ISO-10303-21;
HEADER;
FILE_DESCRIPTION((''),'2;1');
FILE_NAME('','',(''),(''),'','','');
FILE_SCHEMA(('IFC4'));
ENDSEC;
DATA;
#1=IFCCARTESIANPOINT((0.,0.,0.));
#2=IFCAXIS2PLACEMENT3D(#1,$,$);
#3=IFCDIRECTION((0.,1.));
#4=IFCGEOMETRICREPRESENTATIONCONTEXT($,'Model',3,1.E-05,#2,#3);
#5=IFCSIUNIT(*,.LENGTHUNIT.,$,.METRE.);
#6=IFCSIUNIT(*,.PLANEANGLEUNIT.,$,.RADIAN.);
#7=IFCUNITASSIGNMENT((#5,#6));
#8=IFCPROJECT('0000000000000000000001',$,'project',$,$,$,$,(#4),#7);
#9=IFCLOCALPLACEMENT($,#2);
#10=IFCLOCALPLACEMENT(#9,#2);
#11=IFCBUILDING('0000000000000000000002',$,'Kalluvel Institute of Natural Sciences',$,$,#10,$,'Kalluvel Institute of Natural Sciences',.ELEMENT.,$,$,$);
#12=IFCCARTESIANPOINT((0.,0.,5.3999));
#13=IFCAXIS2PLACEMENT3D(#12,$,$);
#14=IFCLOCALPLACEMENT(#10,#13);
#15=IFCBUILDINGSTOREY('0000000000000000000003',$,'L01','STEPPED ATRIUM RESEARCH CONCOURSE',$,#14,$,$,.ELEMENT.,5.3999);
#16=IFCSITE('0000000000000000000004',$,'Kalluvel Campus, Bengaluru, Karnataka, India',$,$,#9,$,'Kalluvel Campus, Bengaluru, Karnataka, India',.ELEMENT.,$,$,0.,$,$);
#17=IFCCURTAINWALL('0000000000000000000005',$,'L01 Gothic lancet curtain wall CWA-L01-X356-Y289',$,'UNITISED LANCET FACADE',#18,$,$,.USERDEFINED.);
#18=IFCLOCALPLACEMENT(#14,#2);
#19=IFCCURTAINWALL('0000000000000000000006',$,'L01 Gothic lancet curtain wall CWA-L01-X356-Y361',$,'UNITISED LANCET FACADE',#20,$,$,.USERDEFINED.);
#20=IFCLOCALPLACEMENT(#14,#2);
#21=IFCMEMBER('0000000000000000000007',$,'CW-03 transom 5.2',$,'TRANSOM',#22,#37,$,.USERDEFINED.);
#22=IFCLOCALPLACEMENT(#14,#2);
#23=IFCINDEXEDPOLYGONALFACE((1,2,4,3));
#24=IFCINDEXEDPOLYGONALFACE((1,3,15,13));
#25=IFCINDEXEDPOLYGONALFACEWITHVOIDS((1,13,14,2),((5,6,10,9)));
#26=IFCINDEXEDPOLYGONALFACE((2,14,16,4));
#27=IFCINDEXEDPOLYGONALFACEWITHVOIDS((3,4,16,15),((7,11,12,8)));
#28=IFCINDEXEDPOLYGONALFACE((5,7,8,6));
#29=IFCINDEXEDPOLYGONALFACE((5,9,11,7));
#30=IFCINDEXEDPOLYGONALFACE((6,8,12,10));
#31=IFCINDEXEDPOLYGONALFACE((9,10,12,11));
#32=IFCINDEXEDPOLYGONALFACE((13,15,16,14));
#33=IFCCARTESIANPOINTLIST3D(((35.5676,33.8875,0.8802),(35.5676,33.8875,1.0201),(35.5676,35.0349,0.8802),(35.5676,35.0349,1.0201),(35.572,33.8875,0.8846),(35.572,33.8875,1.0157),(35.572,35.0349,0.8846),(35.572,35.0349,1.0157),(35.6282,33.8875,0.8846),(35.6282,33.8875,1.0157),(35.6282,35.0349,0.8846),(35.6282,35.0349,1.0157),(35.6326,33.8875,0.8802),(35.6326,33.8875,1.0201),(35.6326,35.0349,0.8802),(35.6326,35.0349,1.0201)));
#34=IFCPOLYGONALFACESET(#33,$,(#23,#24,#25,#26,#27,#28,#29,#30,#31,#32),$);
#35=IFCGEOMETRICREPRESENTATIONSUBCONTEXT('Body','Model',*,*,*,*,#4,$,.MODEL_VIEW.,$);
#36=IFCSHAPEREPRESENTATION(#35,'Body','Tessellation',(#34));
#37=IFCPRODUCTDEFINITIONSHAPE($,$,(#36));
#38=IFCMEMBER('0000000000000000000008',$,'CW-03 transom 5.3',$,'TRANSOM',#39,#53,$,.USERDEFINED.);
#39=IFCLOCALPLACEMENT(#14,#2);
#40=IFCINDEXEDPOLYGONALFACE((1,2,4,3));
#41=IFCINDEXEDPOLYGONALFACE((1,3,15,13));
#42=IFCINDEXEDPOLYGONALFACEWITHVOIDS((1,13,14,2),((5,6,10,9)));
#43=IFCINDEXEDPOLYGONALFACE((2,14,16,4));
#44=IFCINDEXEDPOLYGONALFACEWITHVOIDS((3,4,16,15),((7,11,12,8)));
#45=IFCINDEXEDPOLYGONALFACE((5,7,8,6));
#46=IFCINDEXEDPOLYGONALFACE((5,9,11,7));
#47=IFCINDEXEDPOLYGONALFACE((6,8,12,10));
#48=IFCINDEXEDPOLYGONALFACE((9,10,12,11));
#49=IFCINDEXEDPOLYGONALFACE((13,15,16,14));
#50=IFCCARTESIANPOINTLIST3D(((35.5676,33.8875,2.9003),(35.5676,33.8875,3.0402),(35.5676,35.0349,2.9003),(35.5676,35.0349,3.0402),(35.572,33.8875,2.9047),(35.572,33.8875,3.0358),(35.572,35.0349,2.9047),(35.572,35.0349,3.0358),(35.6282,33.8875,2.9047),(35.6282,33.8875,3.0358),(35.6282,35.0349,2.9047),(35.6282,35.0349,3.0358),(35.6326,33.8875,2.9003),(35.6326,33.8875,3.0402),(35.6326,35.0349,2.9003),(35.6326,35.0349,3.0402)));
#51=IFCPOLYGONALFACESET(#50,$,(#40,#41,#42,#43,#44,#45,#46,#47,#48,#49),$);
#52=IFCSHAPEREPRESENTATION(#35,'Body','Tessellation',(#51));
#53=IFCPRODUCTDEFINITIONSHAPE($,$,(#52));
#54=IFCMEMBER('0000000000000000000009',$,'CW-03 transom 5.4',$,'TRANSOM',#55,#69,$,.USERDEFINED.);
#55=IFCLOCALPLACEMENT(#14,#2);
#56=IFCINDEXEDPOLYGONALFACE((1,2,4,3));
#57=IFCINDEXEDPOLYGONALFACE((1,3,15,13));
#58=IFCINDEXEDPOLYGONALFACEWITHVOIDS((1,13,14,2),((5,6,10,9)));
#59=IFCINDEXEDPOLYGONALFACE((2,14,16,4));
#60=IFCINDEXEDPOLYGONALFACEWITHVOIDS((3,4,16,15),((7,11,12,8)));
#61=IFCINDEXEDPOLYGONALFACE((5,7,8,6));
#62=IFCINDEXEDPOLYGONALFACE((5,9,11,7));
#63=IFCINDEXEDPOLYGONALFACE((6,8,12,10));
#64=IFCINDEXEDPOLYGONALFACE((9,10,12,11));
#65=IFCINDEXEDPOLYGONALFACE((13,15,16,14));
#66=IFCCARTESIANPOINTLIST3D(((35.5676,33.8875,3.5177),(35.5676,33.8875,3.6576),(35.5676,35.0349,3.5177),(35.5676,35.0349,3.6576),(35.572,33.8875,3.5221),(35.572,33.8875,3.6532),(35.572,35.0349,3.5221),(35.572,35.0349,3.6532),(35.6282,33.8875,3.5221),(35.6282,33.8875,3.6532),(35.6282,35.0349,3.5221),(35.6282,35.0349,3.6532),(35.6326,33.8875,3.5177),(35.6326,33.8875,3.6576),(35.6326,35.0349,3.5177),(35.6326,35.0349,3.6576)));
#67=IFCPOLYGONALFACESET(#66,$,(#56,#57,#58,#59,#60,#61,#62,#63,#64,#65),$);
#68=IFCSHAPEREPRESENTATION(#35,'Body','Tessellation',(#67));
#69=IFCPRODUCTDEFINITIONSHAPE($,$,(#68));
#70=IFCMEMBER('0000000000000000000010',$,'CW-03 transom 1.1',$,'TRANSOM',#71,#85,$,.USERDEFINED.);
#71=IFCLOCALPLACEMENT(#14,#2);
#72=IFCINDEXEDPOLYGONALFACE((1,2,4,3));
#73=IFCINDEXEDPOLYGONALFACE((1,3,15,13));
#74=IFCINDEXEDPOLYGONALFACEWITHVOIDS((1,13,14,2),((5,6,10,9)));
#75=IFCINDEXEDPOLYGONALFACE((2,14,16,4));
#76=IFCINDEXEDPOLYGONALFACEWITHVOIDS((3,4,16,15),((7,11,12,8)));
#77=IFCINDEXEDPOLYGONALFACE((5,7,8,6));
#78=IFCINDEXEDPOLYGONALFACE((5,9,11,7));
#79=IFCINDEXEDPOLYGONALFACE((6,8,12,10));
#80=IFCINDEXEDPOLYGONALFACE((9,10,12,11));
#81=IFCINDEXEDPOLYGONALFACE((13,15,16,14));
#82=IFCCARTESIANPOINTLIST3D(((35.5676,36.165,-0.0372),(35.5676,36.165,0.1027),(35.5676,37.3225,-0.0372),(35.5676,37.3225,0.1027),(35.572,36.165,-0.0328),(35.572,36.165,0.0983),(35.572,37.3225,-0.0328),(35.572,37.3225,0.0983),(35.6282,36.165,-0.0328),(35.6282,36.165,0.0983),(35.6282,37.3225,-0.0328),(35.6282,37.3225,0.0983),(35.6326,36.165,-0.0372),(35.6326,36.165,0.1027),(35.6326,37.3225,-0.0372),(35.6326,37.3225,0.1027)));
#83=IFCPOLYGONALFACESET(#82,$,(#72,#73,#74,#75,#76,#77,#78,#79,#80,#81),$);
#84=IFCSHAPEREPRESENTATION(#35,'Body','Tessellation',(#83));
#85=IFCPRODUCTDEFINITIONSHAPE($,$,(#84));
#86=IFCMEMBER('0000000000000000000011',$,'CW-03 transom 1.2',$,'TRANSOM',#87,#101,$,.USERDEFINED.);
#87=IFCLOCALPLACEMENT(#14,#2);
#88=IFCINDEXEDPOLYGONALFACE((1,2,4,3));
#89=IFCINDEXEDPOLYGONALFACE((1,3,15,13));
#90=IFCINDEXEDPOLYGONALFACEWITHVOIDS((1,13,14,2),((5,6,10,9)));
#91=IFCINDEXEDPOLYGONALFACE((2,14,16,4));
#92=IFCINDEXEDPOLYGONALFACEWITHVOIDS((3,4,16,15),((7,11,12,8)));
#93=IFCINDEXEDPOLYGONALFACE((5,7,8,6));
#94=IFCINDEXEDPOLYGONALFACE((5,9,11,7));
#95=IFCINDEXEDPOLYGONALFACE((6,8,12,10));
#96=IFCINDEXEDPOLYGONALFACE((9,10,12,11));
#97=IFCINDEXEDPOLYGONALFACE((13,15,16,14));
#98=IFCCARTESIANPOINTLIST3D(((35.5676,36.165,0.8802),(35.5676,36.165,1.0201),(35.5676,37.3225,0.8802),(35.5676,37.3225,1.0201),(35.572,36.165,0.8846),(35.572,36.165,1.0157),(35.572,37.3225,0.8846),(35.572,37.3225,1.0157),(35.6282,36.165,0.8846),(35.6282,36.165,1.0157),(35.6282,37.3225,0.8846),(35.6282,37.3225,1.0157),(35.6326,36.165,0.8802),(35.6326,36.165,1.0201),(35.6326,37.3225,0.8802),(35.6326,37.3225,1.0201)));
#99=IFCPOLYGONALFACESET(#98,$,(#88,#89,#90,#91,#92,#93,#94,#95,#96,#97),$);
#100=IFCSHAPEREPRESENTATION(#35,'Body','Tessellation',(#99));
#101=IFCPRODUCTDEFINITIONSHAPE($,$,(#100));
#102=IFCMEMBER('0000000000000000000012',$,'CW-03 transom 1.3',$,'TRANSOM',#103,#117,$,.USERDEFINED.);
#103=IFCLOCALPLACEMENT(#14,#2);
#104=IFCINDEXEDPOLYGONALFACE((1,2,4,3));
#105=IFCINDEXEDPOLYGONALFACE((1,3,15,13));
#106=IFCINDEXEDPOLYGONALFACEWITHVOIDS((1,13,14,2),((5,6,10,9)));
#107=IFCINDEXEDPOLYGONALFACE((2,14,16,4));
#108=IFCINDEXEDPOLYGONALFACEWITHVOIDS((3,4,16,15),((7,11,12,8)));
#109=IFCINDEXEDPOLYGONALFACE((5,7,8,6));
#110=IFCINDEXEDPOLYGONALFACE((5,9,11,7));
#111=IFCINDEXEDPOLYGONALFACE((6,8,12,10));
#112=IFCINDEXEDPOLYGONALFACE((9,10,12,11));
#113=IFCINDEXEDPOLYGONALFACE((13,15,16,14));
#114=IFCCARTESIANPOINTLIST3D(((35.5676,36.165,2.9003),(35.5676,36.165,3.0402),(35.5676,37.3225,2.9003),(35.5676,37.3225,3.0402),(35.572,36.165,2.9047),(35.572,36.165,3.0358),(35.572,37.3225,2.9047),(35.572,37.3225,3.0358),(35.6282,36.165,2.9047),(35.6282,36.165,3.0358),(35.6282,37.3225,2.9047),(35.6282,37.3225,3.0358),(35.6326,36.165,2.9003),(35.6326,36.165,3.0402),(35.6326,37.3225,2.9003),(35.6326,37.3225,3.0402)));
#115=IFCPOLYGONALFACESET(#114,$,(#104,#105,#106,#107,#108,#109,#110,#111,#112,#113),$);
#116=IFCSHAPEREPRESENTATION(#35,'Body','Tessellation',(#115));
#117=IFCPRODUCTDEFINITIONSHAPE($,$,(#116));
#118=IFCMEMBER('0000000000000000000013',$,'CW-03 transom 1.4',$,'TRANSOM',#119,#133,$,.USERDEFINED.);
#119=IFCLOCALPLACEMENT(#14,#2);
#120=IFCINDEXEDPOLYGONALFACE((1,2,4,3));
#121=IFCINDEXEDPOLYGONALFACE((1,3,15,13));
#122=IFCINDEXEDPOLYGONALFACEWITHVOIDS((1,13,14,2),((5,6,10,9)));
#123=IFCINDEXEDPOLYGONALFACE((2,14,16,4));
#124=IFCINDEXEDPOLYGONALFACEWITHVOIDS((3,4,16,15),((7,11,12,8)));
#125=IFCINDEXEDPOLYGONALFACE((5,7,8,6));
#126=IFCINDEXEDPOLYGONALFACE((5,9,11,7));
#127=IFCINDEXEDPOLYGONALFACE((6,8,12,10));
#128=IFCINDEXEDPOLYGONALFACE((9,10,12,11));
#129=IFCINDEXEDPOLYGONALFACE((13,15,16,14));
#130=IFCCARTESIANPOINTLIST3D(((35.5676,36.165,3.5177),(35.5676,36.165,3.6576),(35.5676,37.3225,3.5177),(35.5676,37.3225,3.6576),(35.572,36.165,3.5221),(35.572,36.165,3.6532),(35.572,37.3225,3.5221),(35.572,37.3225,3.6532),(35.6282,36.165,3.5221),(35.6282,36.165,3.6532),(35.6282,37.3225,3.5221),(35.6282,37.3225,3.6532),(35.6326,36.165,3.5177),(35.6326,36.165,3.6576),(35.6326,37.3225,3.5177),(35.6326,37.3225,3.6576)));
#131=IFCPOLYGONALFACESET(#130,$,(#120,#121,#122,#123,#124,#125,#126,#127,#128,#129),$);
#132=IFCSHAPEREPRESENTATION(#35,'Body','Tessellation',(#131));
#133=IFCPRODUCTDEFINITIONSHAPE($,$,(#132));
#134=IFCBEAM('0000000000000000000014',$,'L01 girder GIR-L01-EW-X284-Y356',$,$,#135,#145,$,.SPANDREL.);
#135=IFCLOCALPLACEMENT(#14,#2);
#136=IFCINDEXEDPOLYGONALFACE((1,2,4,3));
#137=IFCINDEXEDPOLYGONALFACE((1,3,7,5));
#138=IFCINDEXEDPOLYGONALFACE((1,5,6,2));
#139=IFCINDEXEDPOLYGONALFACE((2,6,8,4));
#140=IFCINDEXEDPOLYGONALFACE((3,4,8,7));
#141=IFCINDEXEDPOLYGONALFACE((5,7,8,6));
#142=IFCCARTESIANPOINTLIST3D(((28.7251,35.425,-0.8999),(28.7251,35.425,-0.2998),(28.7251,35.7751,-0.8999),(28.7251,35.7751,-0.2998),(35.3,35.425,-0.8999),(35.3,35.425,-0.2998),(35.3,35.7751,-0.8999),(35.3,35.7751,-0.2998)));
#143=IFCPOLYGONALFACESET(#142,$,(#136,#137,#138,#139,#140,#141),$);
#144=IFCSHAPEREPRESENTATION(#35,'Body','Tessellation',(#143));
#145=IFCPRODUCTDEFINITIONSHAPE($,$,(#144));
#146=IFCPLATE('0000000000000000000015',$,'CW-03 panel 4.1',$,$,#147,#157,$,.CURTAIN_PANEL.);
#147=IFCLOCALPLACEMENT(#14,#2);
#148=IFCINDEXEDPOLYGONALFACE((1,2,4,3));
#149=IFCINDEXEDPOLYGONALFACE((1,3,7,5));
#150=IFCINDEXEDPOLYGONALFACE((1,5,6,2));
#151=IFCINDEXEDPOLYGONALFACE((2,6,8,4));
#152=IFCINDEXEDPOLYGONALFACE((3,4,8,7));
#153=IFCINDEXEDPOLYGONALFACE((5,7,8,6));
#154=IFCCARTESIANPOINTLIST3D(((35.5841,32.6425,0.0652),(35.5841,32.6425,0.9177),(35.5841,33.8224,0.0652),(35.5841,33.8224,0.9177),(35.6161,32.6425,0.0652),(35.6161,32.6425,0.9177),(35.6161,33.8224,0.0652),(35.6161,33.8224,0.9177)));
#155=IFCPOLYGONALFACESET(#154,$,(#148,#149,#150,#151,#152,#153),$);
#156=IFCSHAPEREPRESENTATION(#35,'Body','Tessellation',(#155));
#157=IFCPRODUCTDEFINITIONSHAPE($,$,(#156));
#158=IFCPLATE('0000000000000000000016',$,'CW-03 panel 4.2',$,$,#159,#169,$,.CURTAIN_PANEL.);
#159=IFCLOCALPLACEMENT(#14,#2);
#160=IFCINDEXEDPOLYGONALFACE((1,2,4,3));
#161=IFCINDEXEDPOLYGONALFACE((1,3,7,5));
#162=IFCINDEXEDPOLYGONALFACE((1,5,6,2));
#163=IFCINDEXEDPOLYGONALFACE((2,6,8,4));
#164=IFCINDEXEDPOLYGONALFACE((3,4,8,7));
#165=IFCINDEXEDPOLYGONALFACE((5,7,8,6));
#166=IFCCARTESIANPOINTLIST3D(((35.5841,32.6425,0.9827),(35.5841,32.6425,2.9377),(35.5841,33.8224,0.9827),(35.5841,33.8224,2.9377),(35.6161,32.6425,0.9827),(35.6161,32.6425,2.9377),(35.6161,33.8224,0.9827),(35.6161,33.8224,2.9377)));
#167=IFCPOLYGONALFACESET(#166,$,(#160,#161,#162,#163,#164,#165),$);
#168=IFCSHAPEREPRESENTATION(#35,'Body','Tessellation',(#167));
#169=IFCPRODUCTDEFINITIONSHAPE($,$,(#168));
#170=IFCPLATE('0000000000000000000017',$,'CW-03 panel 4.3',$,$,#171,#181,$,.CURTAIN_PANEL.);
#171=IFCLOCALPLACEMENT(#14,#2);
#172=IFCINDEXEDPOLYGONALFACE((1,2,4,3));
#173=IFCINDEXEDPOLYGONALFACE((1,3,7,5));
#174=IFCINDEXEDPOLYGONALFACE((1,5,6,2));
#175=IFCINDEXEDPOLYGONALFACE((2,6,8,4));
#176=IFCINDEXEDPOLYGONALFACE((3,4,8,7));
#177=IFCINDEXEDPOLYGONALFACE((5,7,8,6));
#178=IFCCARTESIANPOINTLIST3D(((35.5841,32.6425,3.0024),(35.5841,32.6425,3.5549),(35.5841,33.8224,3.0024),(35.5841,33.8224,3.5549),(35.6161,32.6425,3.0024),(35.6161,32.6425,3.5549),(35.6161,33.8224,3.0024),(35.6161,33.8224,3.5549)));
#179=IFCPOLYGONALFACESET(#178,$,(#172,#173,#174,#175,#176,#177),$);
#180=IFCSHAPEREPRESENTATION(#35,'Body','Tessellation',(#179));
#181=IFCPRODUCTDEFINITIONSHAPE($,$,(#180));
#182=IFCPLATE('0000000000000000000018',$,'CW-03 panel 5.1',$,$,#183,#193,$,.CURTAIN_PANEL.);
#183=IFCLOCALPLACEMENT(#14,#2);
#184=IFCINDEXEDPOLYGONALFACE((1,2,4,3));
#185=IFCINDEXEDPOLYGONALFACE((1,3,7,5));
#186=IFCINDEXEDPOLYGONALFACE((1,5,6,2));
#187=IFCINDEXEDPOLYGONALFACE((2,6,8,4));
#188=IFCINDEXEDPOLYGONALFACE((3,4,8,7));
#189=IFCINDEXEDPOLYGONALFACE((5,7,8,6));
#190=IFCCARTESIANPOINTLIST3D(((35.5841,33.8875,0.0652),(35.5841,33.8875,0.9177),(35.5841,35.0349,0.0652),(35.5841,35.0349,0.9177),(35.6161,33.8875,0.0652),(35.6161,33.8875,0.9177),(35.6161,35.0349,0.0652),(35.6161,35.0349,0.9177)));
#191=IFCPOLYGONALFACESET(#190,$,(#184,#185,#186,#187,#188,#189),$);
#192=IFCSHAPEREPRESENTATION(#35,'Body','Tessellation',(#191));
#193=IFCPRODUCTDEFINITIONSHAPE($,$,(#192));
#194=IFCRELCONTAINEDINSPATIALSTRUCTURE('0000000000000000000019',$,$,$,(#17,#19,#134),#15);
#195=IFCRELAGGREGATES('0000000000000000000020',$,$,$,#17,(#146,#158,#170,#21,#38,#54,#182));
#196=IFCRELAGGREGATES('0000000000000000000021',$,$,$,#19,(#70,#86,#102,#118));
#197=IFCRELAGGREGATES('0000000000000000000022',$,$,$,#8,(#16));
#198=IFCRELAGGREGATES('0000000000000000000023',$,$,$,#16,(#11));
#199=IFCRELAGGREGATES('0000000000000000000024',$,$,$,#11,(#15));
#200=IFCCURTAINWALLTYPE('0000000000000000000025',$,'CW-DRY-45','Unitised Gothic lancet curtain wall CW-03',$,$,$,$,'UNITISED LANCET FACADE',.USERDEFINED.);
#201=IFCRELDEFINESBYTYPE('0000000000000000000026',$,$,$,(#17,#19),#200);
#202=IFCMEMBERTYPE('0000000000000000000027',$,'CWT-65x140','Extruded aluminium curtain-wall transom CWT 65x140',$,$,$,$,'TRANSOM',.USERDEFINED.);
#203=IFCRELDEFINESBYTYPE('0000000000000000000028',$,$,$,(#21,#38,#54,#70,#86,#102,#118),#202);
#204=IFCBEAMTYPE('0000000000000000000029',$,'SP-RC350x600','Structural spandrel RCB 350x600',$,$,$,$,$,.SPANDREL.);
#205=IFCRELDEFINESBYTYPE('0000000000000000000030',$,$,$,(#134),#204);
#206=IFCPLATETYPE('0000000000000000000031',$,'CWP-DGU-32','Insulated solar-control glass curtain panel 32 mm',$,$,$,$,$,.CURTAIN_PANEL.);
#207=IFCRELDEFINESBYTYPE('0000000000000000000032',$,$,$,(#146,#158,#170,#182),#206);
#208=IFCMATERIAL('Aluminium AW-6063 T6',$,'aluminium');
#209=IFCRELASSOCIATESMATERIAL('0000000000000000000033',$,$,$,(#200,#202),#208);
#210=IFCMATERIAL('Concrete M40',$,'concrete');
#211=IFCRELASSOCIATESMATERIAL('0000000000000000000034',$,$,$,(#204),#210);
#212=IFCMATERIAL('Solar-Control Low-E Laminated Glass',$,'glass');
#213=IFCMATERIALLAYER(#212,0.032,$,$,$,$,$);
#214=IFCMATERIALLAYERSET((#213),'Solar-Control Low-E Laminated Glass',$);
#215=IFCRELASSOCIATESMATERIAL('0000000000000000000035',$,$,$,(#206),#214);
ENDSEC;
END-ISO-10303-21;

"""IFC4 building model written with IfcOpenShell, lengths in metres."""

from ifc_helpers import new_model, si_unit, direction, frame, origin, origin_2d, place, context, subcontext, project, spatial, rectangle, hollow_rectangle, extrude, material, layer, layer_set, material_profile, profile_set, type_object, element, aggregate, save


model = new_model("IFC4")

# Units and contexts
model_context = context("Model", 3, precision=1e-05, world=origin(), true_north=direction((0.0, 1.0)))
body_context = subcontext(model_context, "Body", "Model", "MODEL_VIEW")
ifc_project = project(units=[si_unit("LENGTHUNIT", "METRE"), si_unit("PLANEANGLEUNIT", "RADIAN")], contexts=[model_context])

# Site, building, storey
site_placement = place(None, origin())
site = spatial("IfcSite", under=ifc_project, at=site_placement, Name="Kalluvel Campus, Bengaluru, Karnataka, India", LongName="Kalluvel Campus, Bengaluru, Karnataka, India", CompositionType="ELEMENT", RefElevation=0.0)
building_placement = place(site_placement, origin())
building = spatial("IfcBuilding", under=site, at=building_placement, Name="Kalluvel Institute of Natural Sciences", LongName="Kalluvel Institute of Natural Sciences", CompositionType="ELEMENT")
storey_placement = place(building_placement, frame((0.0, 0.0, 5.3999)))
storey = spatial("IfcBuildingStorey", under=building, at=storey_placement, Name="L01", Description="STEPPED ATRIUM RESEARCH CONCOURSE", CompositionType="ELEMENT", Elevation=5.3999)

# Shared definitions
ifc_material_1 = material(Name="Concrete M40", Category="concrete")

# Curtain wall
ifc_material_2 = material(Name="Aluminium AW-6063 T6", Category="aluminium")
curtain_wall_type = type_object("IfcCurtainWallType", Name="CW-DRY-45", Description="Unitised Gothic lancet curtain wall CW-03", ElementType="UNITISED LANCET FACADE", PredefinedType="USERDEFINED", material=ifc_material_2)
curtain_wall_1_placement = place(storey_placement, origin())
curtain_wall_1 = element("IfcCurtainWall", 1, at=curtain_wall_1_placement, inside=storey, type_object=curtain_wall_type, Name="L01 Gothic lancet curtain wall CWA-L01-X356-Y289", ObjectType="UNITISED LANCET FACADE", PredefinedType="USERDEFINED")

# Curtain wall
curtain_wall_2_placement = place(storey_placement, origin())
curtain_wall_2 = element("IfcCurtainWall", 2, at=curtain_wall_2_placement, inside=storey, type_object=curtain_wall_type, Name="L01 Gothic lancet curtain wall CWA-L01-X356-Y361", ObjectType="UNITISED LANCET FACADE", PredefinedType="USERDEFINED")

# Members
ifc_material_profile_1 = material_profile(ifc_material_2, hollow_rectangle(XDim=0.0649, YDim=0.1399, WallThickness=0.0044, at=origin_2d()), Name="CWT 65x140")
ifc_profile_set_1 = profile_set([ifc_material_profile_1], Name="Aluminium AW-6063 T6")
member_type_1 = type_object("IfcMemberType", Name="CWT-65x140", Description="Extruded aluminium curtain-wall transom CWT 65x140", ElementType="TRANSOM", PredefinedType="USERDEFINED", material=ifc_profile_set_1)
member_1_placement = place(storey_placement, frame((35.6001, 33.8875, 0.9502), z_axis=(0.0, 1.0, 0.0), x_axis=(-1.0, 0.0, 0.0)))
member_1 = element("IfcMember", 3, at=member_1_placement, type_object=member_type_1, Name="CW-03 transom 5.2", ObjectType="TRANSOM", PredefinedType="USERDEFINED", context=body_context, shape_type="SweptSolid", body=[
    extrude(hollow_rectangle(XDim=0.0649, YDim=0.1399, WallThickness=0.0044, at=origin_2d()), origin(), (0.0, 0.0, 1.0), 1.1475),
])
member_2_placement = place(storey_placement, frame((35.6001, 33.8875, 2.9702), z_axis=(0.0, 1.0, 0.0), x_axis=(-1.0, 0.0, 0.0)))
member_2 = element("IfcMember", 4, at=member_2_placement, type_object=member_type_1, Name="CW-03 transom 5.3", ObjectType="TRANSOM", PredefinedType="USERDEFINED", context=body_context, shape_type="SweptSolid", body=[
    extrude(hollow_rectangle(XDim=0.0649, YDim=0.1399, WallThickness=0.0044, at=origin_2d()), origin(), (0.0, 0.0, 1.0), 1.1475),
])
member_3_placement = place(storey_placement, frame((35.6001, 33.8875, 3.5876), z_axis=(0.0, 1.0, 0.0), x_axis=(-1.0, 0.0, 0.0)))
member_3 = element("IfcMember", 5, at=member_3_placement, type_object=member_type_1, Name="CW-03 transom 5.4", ObjectType="TRANSOM", PredefinedType="USERDEFINED", context=body_context, shape_type="SweptSolid", body=[
    extrude(hollow_rectangle(XDim=0.0649, YDim=0.1399, WallThickness=0.0044, at=origin_2d()), origin(), (0.0, 0.0, 1.0), 1.1475),
])
member_4_placement = place(storey_placement, frame((35.6001, 36.165, 0.0327), z_axis=(0.0, 1.0, 0.0), x_axis=(-1.0, 0.0, 0.0)))
member_4 = element("IfcMember", 6, at=member_4_placement, type_object=member_type_1, Name="CW-03 transom 1.1", ObjectType="TRANSOM", PredefinedType="USERDEFINED", context=body_context, shape_type="SweptSolid", body=[
    extrude(hollow_rectangle(XDim=0.0649, YDim=0.1399, WallThickness=0.0044, at=origin_2d()), origin(), (0.0, 0.0, 1.0), 1.1575),
])
member_5_placement = place(storey_placement, frame((35.6001, 36.165, 0.9502), z_axis=(0.0, 1.0, 0.0), x_axis=(-1.0, 0.0, 0.0)))
member_5 = element("IfcMember", 7, at=member_5_placement, type_object=member_type_1, Name="CW-03 transom 1.2", ObjectType="TRANSOM", PredefinedType="USERDEFINED", context=body_context, shape_type="SweptSolid", body=[
    extrude(hollow_rectangle(XDim=0.0649, YDim=0.1399, WallThickness=0.0044, at=origin_2d()), origin(), (0.0, 0.0, 1.0), 1.1575),
])
member_6_placement = place(storey_placement, frame((35.6001, 36.165, 2.9702), z_axis=(0.0, 1.0, 0.0), x_axis=(-1.0, 0.0, 0.0)))
member_6 = element("IfcMember", 8, at=member_6_placement, type_object=member_type_1, Name="CW-03 transom 1.3", ObjectType="TRANSOM", PredefinedType="USERDEFINED", context=body_context, shape_type="SweptSolid", body=[
    extrude(hollow_rectangle(XDim=0.0649, YDim=0.1399, WallThickness=0.0044, at=origin_2d()), origin(), (0.0, 0.0, 1.0), 1.1575),
])
member_7_placement = place(storey_placement, frame((35.6001, 36.165, 3.5876), z_axis=(0.0, 1.0, 0.0), x_axis=(-1.0, 0.0, 0.0)))
member_7 = element("IfcMember", 9, at=member_7_placement, type_object=member_type_1, Name="CW-03 transom 1.4", ObjectType="TRANSOM", PredefinedType="USERDEFINED", context=body_context, shape_type="SweptSolid", body=[
    extrude(hollow_rectangle(XDim=0.0649, YDim=0.1399, WallThickness=0.0044, at=origin_2d()), origin(), (0.0, 0.0, 1.0), 1.1575),
])

# Beam
ifc_material_profile_2 = material_profile(ifc_material_1, rectangle(XDim=0.3501, YDim=0.6001, at=origin_2d()), Name="RCB 350x600")
ifc_profile_set_2 = profile_set([ifc_material_profile_2], Name="Concrete M40")
beam_type_1 = type_object("IfcBeamType", Name="SP-RC350x600", Description="Structural spandrel RCB 350x600", PredefinedType="SPANDREL", material=ifc_profile_set_2)
beam_1_placement = place(storey_placement, frame((28.7251, 35.6001, -0.5999), z_axis=(1.0, 0.0, 0.0), x_axis=(0.0, 1.0, 0.0)))
element("IfcBeam", 10, at=beam_1_placement, inside=storey, type_object=beam_type_1, Name="L01 girder GIR-L01-EW-X284-Y356", PredefinedType="SPANDREL", context=body_context, shape_type="SweptSolid", body=[
    extrude(rectangle(XDim=0.3501, YDim=0.6001, at=origin_2d()), origin(), (0.0, 0.0, 1.0), 6.575),
])

# Plates
ifc_material_3 = material(Name="Solar-Control Low-E Laminated Glass", Category="glass")
ifc_layer = layer(ifc_material_3, 0.032)
ifc_layer_set = layer_set([ifc_layer], Name="Solar-Control Low-E Laminated Glass")
plate_type = type_object("IfcPlateType", Name="CWP-DGU-32", Description="Insulated solar-control glass curtain panel 32 mm", PredefinedType="CURTAIN_PANEL", material=ifc_layer_set)
plate_1_placement = place(storey_placement, frame((35.6001, 33.2324, 0.0652), z_axis=(0.0, 0.0, 1.0), x_axis=(0.0, 1.0, 0.0)))
plate_1 = element("IfcPlate", 11, at=plate_1_placement, type_object=plate_type, Name="CW-03 panel 4.1", PredefinedType="CURTAIN_PANEL", context=body_context, shape_type="SweptSolid", body=[
    extrude(rectangle(XDim=1.1799, YDim=0.032, at=origin_2d()), origin(), (0.0, 0.0, 1.0), 0.8525),
])
plate_2_placement = place(storey_placement, frame((35.6001, 33.2324, 0.9827), z_axis=(0.0, 0.0, 1.0), x_axis=(0.0, 1.0, 0.0)))
plate_2 = element("IfcPlate", 12, at=plate_2_placement, type_object=plate_type, Name="CW-03 panel 4.2", PredefinedType="CURTAIN_PANEL", context=body_context, shape_type="SweptSolid", body=[
    extrude(rectangle(XDim=1.1799, YDim=0.032, at=origin_2d()), origin(), (0.0, 0.0, 1.0), 1.9551),
])
plate_3_placement = place(storey_placement, frame((35.6001, 33.2324, 3.0024), z_axis=(0.0, 0.0, 1.0), x_axis=(0.0, 1.0, 0.0)))
plate_3 = element("IfcPlate", 13, at=plate_3_placement, type_object=plate_type, Name="CW-03 panel 4.3", PredefinedType="CURTAIN_PANEL", context=body_context, shape_type="SweptSolid", body=[
    extrude(rectangle(XDim=1.1799, YDim=0.032, at=origin_2d()), origin(), (0.0, 0.0, 1.0), 0.5525),
])
plate_4_placement = place(storey_placement, frame((35.6001, 34.4612, 0.0652), z_axis=(0.0, 0.0, 1.0), x_axis=(0.0, 1.0, 0.0)))
plate_4 = element("IfcPlate", 14, at=plate_4_placement, type_object=plate_type, Name="CW-03 panel 5.1", PredefinedType="CURTAIN_PANEL", context=body_context, shape_type="SweptSolid", body=[
    extrude(rectangle(XDim=1.1475, YDim=0.032, at=origin_2d()), origin(), (0.0, 0.0, 1.0), 0.8525),
])
aggregate(curtain_wall_1, [plate_1, plate_2, plate_3, member_1, member_2, member_3, plate_4])
aggregate(curtain_wall_2, [member_4, member_5, member_6, member_7])

save(model, "model.ifc")
